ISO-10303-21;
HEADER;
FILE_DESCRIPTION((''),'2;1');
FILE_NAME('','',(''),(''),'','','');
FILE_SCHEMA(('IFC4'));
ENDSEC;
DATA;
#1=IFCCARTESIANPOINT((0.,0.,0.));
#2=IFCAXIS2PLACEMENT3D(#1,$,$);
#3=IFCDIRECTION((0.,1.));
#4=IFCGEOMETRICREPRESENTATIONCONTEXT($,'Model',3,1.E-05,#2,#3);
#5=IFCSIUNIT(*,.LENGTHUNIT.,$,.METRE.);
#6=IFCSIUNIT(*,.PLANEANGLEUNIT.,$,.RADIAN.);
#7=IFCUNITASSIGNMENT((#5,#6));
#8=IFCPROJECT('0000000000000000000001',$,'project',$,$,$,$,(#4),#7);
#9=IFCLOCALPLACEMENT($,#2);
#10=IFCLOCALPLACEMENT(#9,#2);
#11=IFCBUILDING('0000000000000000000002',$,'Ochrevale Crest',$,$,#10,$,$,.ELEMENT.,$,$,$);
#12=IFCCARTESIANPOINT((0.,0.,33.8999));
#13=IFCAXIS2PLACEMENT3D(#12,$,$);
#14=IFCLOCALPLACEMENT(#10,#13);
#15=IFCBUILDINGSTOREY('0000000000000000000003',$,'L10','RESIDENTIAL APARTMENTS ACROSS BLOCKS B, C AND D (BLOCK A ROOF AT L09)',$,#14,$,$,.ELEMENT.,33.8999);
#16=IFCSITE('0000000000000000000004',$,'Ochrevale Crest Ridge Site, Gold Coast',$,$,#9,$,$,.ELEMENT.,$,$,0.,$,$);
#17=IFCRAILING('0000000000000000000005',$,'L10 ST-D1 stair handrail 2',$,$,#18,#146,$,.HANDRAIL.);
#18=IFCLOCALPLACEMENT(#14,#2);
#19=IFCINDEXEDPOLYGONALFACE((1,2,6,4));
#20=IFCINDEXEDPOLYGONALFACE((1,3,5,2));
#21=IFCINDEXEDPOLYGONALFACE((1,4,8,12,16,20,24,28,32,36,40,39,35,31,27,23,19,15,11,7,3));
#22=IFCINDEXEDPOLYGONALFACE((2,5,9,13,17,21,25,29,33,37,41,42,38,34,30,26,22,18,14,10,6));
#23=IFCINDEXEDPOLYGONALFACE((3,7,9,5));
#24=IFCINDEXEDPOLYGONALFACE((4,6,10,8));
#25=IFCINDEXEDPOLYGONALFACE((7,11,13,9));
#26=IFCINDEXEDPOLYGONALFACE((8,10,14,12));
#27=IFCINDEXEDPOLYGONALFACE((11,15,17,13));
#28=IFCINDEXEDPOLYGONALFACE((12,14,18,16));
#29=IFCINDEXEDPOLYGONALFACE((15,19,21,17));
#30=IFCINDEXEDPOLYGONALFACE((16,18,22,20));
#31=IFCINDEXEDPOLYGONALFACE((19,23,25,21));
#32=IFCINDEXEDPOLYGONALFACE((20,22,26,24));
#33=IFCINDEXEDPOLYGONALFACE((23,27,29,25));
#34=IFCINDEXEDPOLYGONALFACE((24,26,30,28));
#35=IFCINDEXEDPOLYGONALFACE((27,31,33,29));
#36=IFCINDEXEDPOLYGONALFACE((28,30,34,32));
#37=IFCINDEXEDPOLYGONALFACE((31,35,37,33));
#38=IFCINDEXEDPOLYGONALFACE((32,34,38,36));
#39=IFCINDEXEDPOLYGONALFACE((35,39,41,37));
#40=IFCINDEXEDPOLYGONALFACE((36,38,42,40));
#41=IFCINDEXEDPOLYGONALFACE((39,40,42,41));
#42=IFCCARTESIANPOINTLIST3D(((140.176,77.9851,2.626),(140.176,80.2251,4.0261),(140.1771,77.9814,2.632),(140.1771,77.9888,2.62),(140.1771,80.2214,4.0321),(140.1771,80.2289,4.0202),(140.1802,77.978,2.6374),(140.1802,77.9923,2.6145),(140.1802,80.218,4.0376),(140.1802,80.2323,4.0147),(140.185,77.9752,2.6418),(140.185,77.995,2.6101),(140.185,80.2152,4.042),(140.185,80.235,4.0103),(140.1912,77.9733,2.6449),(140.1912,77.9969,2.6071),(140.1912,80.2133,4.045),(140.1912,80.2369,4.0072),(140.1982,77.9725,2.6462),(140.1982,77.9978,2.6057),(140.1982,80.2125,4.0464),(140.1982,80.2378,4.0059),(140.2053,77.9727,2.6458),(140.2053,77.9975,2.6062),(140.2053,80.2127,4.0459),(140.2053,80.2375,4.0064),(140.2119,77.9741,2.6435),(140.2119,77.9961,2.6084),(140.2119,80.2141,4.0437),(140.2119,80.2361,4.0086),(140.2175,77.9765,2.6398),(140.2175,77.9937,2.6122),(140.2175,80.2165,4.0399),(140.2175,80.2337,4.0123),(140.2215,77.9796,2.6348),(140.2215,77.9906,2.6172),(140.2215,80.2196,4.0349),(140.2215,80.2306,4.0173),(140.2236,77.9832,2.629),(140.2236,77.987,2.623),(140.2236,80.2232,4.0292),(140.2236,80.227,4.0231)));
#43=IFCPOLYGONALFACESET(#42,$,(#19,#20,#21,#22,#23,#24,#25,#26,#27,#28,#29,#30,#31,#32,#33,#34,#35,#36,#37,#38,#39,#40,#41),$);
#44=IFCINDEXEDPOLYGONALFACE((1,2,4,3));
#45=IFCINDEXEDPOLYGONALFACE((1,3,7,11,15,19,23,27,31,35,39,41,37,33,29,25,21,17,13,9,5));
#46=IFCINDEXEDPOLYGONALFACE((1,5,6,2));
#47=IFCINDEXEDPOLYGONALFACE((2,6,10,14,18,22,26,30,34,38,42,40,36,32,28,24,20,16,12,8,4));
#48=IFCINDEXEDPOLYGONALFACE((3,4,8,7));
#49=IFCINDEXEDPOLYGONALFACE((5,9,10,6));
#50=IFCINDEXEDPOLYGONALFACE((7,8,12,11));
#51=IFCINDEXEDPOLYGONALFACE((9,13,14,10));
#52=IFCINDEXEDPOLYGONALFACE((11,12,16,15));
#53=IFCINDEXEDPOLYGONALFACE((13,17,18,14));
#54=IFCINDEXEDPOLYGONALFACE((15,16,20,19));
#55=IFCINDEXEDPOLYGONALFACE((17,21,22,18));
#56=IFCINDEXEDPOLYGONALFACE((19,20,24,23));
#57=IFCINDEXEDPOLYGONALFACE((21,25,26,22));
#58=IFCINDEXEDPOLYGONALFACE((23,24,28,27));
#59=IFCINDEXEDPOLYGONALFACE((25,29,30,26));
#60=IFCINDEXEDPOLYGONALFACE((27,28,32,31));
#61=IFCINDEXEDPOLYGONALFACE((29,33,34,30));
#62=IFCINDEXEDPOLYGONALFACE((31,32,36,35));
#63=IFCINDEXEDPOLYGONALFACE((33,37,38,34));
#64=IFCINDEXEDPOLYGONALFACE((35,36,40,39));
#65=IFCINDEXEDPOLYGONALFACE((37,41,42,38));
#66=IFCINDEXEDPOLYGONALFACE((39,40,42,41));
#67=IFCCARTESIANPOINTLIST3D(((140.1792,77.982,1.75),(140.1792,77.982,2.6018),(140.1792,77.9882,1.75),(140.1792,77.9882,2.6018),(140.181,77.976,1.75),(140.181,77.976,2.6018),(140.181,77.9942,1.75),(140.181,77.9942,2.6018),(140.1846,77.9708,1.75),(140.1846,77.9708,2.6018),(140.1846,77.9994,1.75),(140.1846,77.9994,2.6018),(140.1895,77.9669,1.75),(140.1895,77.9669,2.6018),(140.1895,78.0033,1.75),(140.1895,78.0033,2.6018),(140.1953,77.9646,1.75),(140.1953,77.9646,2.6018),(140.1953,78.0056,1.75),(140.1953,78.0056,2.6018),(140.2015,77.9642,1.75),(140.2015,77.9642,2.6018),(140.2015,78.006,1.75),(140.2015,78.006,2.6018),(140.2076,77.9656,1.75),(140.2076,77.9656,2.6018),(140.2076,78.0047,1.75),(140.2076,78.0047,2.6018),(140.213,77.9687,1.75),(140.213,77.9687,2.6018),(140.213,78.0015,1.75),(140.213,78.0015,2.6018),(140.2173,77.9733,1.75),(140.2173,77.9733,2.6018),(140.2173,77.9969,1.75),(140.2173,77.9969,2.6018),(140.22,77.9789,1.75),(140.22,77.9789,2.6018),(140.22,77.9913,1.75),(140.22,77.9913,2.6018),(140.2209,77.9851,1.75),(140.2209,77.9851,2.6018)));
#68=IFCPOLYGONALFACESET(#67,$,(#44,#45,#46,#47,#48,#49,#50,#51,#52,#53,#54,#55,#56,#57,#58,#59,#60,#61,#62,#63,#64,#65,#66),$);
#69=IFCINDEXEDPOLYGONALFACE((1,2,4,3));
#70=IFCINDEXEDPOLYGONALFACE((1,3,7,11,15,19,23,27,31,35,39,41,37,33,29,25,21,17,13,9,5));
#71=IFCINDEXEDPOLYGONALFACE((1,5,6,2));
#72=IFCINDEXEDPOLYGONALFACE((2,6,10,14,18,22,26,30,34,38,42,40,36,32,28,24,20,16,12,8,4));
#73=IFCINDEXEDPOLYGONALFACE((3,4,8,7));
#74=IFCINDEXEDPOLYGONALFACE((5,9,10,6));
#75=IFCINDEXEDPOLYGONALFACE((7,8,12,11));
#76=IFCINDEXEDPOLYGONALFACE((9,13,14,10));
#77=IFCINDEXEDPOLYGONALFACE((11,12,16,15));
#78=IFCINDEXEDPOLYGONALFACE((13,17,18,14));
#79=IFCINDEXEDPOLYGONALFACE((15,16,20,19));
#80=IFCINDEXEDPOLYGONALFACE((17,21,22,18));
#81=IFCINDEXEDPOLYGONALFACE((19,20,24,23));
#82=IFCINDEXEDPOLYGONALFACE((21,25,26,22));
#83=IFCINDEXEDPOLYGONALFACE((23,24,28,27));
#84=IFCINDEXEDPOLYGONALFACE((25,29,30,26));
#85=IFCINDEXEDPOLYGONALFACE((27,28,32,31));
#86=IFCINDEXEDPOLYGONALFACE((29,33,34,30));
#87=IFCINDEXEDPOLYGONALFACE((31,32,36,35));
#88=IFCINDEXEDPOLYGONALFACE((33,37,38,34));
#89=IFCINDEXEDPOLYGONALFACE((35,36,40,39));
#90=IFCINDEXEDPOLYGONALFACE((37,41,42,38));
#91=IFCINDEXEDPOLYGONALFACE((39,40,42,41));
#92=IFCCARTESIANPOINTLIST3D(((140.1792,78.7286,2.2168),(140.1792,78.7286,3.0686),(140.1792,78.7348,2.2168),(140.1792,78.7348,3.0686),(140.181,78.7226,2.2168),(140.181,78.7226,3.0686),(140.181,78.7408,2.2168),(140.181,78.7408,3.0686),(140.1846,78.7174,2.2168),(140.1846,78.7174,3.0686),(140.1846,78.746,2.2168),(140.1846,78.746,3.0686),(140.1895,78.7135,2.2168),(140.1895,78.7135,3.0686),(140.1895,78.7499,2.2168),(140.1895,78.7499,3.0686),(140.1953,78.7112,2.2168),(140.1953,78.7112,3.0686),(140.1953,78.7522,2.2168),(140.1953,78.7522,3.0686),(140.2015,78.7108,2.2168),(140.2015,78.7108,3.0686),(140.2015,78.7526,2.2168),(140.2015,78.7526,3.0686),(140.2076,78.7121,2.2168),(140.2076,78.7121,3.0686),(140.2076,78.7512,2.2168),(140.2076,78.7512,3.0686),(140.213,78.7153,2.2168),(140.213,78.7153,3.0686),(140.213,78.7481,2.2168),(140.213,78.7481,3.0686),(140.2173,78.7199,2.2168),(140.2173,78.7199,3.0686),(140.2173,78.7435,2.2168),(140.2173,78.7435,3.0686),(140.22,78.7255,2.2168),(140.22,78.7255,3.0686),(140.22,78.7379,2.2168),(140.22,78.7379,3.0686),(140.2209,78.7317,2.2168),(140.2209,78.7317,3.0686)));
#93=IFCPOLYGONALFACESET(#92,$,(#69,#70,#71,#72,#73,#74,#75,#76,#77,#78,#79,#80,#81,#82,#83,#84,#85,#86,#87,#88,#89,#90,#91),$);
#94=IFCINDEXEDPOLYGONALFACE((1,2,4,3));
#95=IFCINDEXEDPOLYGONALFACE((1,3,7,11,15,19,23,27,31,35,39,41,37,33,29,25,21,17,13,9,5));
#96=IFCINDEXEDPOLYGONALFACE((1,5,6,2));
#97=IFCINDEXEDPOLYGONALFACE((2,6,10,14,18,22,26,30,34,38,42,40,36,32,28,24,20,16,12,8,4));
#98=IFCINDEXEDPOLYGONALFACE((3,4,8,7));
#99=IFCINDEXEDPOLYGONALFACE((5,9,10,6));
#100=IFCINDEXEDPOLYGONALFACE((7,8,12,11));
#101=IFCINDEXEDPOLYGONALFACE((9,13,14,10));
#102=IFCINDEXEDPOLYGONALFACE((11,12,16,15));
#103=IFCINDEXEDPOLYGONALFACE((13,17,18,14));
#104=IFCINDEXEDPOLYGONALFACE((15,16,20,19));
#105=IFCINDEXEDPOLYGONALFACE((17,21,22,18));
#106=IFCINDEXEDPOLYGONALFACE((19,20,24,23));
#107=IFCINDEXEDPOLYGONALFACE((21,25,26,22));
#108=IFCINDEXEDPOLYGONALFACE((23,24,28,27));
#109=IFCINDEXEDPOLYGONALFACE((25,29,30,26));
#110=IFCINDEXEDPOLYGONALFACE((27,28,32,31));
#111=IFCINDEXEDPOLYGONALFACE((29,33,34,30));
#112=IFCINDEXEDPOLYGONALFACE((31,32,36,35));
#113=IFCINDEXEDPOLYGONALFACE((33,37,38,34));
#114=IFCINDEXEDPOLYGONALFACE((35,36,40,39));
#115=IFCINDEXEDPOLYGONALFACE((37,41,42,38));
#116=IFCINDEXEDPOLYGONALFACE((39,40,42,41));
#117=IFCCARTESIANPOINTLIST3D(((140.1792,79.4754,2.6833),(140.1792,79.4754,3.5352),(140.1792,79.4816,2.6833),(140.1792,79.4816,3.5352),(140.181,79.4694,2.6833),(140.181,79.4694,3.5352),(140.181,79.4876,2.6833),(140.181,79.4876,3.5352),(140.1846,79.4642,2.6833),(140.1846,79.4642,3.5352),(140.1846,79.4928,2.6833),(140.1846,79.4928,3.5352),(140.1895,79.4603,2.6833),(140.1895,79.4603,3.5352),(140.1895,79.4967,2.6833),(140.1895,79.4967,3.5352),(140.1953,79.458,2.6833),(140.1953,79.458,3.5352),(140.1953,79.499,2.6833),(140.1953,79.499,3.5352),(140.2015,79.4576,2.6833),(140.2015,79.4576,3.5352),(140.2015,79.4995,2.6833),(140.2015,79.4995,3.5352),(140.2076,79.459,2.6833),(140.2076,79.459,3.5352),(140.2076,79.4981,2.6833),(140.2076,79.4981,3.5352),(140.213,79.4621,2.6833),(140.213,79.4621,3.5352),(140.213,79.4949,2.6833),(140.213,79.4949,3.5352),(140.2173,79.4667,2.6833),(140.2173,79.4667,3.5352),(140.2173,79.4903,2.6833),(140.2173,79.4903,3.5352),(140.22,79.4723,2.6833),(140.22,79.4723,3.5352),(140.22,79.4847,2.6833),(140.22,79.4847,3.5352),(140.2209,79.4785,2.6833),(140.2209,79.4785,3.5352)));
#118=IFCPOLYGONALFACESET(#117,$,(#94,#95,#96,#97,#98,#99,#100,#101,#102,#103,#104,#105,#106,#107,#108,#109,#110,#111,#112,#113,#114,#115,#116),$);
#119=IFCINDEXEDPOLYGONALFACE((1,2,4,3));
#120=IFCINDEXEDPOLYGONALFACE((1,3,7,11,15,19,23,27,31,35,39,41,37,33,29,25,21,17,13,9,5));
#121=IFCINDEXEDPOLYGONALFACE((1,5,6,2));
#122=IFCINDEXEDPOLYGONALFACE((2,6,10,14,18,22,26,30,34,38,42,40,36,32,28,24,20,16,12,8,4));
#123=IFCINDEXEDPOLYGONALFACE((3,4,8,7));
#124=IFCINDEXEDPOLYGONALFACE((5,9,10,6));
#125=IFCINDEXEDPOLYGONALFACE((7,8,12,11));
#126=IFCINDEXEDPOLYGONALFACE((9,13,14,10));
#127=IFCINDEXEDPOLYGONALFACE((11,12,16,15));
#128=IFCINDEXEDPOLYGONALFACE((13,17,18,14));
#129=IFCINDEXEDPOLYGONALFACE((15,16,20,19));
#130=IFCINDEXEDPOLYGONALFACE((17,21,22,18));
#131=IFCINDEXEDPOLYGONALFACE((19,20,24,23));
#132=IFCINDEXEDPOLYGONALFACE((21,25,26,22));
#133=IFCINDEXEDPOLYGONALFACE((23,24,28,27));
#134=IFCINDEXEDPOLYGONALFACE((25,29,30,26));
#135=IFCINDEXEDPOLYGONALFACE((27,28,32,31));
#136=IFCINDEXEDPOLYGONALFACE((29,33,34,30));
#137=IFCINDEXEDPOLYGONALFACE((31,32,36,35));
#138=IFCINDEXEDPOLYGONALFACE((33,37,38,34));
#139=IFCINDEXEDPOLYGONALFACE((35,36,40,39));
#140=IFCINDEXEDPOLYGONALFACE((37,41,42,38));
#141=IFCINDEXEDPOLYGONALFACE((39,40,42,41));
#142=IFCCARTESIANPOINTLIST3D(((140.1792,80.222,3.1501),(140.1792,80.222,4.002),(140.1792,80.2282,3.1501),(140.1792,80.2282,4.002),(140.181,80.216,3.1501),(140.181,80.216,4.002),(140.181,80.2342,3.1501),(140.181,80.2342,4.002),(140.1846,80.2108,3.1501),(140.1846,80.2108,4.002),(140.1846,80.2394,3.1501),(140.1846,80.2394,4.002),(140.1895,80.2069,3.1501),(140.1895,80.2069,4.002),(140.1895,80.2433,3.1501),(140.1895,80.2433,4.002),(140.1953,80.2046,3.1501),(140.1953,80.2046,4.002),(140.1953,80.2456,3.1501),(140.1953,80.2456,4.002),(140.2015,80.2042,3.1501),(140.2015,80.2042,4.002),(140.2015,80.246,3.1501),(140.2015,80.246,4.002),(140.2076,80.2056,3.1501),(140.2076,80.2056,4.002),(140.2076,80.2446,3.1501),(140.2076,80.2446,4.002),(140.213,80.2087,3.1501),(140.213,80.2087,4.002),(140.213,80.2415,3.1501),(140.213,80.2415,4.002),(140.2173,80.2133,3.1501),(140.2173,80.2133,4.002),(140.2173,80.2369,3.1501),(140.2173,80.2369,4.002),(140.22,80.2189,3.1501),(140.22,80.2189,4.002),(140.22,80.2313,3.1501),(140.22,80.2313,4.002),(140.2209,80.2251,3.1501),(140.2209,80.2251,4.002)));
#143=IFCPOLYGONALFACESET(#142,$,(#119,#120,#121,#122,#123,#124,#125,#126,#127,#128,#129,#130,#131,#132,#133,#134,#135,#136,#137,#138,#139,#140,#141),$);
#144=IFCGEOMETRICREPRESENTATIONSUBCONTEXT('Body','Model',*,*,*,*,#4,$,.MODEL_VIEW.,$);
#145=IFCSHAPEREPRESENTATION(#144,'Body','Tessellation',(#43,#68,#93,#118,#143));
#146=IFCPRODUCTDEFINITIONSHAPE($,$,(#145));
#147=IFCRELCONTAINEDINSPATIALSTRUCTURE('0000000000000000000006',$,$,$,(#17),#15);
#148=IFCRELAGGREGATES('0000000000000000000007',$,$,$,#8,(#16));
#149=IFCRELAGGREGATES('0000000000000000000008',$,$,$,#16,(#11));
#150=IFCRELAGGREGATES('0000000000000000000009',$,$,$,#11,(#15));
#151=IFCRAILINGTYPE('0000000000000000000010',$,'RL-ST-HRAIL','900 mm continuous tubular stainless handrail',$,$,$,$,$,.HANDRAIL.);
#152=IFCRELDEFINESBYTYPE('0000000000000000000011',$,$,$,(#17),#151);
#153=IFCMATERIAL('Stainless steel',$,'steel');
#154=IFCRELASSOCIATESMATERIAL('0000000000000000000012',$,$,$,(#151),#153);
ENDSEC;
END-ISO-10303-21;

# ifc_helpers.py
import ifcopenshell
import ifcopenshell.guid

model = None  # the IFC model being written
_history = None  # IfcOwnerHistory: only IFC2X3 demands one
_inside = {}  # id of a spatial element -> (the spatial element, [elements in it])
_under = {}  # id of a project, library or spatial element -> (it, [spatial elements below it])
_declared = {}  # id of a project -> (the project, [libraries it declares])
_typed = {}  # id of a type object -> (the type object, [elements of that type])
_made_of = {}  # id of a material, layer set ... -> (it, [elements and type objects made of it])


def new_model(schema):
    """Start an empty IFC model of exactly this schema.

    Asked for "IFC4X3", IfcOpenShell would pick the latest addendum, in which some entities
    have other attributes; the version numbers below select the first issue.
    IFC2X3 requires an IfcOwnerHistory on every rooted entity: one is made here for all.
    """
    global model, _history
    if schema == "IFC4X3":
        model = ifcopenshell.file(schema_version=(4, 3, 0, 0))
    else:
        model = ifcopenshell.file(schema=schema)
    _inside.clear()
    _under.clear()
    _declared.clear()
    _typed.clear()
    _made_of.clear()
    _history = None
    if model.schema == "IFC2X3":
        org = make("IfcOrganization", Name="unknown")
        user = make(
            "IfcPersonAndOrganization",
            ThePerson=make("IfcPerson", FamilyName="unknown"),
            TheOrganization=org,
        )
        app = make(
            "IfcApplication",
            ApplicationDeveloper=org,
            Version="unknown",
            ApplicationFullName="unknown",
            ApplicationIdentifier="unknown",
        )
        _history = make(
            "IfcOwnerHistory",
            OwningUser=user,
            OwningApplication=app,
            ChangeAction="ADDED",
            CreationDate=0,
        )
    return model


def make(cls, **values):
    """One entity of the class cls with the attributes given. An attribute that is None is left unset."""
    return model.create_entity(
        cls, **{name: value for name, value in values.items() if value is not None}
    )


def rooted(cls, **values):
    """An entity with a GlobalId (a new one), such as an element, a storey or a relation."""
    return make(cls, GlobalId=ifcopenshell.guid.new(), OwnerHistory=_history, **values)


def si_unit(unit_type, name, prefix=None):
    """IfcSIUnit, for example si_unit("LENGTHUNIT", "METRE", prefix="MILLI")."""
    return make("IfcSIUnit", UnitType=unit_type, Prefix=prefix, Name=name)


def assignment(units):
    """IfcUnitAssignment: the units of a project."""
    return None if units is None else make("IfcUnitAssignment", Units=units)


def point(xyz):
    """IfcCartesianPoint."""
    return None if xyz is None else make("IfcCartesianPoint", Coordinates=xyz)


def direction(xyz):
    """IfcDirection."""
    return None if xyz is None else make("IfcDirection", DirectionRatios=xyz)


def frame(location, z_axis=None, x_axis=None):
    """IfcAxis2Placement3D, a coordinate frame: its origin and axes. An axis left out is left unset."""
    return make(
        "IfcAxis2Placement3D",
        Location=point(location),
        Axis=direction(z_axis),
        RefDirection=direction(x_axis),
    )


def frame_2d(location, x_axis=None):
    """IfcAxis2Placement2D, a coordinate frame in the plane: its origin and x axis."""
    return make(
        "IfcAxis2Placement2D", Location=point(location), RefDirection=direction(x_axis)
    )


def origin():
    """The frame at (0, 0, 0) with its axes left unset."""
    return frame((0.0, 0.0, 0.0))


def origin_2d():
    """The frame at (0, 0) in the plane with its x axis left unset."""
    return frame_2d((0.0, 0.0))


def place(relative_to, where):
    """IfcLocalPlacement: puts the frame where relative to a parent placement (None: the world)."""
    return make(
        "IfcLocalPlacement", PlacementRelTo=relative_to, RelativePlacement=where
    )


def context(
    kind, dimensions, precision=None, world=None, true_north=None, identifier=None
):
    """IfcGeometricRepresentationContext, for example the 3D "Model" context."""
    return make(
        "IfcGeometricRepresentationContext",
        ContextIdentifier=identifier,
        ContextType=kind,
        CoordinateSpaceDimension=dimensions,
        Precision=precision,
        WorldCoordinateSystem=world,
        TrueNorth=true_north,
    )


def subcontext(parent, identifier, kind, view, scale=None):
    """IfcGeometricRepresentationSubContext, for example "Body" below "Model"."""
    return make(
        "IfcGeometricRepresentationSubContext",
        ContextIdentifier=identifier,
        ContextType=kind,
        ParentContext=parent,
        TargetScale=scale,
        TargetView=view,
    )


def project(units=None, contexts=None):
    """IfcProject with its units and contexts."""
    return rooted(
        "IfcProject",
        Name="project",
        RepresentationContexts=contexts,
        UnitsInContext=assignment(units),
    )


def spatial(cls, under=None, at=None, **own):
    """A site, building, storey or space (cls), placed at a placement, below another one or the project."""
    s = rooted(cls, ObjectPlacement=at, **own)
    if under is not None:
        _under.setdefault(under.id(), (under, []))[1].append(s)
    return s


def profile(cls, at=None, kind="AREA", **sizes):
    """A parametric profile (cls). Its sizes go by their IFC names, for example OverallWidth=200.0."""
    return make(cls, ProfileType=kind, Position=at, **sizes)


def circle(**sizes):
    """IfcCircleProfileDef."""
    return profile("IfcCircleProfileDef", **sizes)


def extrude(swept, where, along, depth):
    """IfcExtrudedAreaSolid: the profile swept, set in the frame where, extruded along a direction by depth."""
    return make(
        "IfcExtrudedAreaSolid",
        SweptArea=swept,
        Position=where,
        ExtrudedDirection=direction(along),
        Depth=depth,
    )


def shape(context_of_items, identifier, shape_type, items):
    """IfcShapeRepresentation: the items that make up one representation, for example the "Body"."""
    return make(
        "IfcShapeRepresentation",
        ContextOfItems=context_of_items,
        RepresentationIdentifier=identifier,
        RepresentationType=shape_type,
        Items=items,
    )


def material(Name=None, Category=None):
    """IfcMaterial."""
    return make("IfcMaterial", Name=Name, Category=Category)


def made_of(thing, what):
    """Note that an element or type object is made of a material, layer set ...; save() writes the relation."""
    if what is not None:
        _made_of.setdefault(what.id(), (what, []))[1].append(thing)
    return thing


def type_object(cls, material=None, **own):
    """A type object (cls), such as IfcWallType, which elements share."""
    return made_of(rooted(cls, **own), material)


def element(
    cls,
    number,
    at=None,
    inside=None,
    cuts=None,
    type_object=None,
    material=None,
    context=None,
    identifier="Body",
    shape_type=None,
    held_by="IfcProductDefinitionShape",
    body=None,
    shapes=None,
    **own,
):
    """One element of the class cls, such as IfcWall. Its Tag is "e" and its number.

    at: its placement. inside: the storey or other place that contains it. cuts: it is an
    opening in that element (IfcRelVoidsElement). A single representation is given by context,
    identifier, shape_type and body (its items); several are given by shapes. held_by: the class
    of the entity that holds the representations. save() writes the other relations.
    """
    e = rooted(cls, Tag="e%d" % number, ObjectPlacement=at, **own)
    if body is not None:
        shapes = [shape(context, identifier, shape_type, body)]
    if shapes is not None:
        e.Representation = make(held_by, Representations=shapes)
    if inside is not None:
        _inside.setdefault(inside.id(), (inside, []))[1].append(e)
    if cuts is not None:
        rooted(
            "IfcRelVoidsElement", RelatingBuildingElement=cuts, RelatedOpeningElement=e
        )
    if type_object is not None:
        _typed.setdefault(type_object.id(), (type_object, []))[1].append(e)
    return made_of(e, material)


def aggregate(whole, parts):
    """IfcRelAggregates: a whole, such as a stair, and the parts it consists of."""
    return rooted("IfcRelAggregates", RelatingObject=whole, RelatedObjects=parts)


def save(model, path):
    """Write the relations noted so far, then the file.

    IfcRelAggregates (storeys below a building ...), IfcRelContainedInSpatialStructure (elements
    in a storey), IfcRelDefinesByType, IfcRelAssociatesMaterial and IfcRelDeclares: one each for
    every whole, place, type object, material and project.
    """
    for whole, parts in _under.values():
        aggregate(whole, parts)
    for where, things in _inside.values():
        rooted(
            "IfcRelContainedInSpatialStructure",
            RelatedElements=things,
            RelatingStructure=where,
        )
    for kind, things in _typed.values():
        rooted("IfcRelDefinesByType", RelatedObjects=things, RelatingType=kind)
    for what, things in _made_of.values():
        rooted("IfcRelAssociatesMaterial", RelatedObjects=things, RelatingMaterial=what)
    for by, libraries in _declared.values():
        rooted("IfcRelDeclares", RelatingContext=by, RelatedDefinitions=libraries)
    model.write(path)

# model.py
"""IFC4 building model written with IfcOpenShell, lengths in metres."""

from ifc_helpers import new_model, si_unit, direction, frame, origin, origin_2d, place, context, subcontext, project, spatial, circle, extrude, material, type_object, element, save


model = new_model("IFC4")

# Units and contexts
model_context = context("Model", 3, precision=1e-05, world=origin(), true_north=direction((0.0, 1.0)))
body_context = subcontext(model_context, "Body", "Model", "MODEL_VIEW")
ifc_project = project(units=[si_unit("LENGTHUNIT", "METRE"), si_unit("PLANEANGLEUNIT", "RADIAN")], contexts=[model_context])

# Site, building, storey
site_placement = place(None, origin())
site = spatial("IfcSite", under=ifc_project, at=site_placement, Name="Ochrevale Crest Ridge Site, Gold Coast", CompositionType="ELEMENT", RefElevation=0.0)
building_placement = place(site_placement, origin())
building = spatial("IfcBuilding", under=site, at=building_placement, Name="Ochrevale Crest", CompositionType="ELEMENT")
storey_placement = place(building_placement, frame((0.0, 0.0, 33.8999)))
storey = spatial("IfcBuildingStorey", under=building, at=storey_placement, Name="L10", Description="RESIDENTIAL APARTMENTS ACROSS BLOCKS B, C AND D (BLOCK A ROOF AT L09)", CompositionType="ELEMENT", Elevation=33.8999)

# Railing
ifc_material_1 = material(Name="Stainless steel", Category="steel")
railing_type_1 = type_object("IfcRailingType", Name="RL-ST-HRAIL", Description="900 mm continuous tubular stainless handrail", PredefinedType="HANDRAIL", material=ifc_material_1)
railing_1_placement = place(storey_placement, frame((140.2, 77.9851, 1.75)))
element("IfcRailing", 1, at=railing_1_placement, inside=storey, type_object=railing_type_1, Name="L10 ST-D1 stair handrail 2", PredefinedType="HANDRAIL", context=body_context, shape_type="SweptSolid", body=[
    extrude(circle(Radius=0.0239, at=origin_2d()), frame((0.0, 0.0, 0.876), z_axis=(0.0, 0.847972, 0.53004), x_axis=(-1.0, 0.0, 0.0)), (0.0, 0.0, 1.0), 2.6416),
    extrude(circle(Radius=0.021, at=origin_2d()), origin(), (0.0, 0.0, 1.0), 0.8518),
    extrude(circle(Radius=0.021, at=origin_2d()), frame((0.0, 0.7466, 0.4668)), (0.0, 0.0, 1.0), 0.8518),
    extrude(circle(Radius=0.021, at=origin_2d()), frame((0.0, 1.4934, 0.9333)), (0.0, 0.0, 1.0), 0.8518),
    extrude(circle(Radius=0.021, at=origin_2d()), frame((0.0, 2.24, 1.4001)), (0.0, 0.0, 1.0), 0.8518),
])

save(model, "model.ifc")
